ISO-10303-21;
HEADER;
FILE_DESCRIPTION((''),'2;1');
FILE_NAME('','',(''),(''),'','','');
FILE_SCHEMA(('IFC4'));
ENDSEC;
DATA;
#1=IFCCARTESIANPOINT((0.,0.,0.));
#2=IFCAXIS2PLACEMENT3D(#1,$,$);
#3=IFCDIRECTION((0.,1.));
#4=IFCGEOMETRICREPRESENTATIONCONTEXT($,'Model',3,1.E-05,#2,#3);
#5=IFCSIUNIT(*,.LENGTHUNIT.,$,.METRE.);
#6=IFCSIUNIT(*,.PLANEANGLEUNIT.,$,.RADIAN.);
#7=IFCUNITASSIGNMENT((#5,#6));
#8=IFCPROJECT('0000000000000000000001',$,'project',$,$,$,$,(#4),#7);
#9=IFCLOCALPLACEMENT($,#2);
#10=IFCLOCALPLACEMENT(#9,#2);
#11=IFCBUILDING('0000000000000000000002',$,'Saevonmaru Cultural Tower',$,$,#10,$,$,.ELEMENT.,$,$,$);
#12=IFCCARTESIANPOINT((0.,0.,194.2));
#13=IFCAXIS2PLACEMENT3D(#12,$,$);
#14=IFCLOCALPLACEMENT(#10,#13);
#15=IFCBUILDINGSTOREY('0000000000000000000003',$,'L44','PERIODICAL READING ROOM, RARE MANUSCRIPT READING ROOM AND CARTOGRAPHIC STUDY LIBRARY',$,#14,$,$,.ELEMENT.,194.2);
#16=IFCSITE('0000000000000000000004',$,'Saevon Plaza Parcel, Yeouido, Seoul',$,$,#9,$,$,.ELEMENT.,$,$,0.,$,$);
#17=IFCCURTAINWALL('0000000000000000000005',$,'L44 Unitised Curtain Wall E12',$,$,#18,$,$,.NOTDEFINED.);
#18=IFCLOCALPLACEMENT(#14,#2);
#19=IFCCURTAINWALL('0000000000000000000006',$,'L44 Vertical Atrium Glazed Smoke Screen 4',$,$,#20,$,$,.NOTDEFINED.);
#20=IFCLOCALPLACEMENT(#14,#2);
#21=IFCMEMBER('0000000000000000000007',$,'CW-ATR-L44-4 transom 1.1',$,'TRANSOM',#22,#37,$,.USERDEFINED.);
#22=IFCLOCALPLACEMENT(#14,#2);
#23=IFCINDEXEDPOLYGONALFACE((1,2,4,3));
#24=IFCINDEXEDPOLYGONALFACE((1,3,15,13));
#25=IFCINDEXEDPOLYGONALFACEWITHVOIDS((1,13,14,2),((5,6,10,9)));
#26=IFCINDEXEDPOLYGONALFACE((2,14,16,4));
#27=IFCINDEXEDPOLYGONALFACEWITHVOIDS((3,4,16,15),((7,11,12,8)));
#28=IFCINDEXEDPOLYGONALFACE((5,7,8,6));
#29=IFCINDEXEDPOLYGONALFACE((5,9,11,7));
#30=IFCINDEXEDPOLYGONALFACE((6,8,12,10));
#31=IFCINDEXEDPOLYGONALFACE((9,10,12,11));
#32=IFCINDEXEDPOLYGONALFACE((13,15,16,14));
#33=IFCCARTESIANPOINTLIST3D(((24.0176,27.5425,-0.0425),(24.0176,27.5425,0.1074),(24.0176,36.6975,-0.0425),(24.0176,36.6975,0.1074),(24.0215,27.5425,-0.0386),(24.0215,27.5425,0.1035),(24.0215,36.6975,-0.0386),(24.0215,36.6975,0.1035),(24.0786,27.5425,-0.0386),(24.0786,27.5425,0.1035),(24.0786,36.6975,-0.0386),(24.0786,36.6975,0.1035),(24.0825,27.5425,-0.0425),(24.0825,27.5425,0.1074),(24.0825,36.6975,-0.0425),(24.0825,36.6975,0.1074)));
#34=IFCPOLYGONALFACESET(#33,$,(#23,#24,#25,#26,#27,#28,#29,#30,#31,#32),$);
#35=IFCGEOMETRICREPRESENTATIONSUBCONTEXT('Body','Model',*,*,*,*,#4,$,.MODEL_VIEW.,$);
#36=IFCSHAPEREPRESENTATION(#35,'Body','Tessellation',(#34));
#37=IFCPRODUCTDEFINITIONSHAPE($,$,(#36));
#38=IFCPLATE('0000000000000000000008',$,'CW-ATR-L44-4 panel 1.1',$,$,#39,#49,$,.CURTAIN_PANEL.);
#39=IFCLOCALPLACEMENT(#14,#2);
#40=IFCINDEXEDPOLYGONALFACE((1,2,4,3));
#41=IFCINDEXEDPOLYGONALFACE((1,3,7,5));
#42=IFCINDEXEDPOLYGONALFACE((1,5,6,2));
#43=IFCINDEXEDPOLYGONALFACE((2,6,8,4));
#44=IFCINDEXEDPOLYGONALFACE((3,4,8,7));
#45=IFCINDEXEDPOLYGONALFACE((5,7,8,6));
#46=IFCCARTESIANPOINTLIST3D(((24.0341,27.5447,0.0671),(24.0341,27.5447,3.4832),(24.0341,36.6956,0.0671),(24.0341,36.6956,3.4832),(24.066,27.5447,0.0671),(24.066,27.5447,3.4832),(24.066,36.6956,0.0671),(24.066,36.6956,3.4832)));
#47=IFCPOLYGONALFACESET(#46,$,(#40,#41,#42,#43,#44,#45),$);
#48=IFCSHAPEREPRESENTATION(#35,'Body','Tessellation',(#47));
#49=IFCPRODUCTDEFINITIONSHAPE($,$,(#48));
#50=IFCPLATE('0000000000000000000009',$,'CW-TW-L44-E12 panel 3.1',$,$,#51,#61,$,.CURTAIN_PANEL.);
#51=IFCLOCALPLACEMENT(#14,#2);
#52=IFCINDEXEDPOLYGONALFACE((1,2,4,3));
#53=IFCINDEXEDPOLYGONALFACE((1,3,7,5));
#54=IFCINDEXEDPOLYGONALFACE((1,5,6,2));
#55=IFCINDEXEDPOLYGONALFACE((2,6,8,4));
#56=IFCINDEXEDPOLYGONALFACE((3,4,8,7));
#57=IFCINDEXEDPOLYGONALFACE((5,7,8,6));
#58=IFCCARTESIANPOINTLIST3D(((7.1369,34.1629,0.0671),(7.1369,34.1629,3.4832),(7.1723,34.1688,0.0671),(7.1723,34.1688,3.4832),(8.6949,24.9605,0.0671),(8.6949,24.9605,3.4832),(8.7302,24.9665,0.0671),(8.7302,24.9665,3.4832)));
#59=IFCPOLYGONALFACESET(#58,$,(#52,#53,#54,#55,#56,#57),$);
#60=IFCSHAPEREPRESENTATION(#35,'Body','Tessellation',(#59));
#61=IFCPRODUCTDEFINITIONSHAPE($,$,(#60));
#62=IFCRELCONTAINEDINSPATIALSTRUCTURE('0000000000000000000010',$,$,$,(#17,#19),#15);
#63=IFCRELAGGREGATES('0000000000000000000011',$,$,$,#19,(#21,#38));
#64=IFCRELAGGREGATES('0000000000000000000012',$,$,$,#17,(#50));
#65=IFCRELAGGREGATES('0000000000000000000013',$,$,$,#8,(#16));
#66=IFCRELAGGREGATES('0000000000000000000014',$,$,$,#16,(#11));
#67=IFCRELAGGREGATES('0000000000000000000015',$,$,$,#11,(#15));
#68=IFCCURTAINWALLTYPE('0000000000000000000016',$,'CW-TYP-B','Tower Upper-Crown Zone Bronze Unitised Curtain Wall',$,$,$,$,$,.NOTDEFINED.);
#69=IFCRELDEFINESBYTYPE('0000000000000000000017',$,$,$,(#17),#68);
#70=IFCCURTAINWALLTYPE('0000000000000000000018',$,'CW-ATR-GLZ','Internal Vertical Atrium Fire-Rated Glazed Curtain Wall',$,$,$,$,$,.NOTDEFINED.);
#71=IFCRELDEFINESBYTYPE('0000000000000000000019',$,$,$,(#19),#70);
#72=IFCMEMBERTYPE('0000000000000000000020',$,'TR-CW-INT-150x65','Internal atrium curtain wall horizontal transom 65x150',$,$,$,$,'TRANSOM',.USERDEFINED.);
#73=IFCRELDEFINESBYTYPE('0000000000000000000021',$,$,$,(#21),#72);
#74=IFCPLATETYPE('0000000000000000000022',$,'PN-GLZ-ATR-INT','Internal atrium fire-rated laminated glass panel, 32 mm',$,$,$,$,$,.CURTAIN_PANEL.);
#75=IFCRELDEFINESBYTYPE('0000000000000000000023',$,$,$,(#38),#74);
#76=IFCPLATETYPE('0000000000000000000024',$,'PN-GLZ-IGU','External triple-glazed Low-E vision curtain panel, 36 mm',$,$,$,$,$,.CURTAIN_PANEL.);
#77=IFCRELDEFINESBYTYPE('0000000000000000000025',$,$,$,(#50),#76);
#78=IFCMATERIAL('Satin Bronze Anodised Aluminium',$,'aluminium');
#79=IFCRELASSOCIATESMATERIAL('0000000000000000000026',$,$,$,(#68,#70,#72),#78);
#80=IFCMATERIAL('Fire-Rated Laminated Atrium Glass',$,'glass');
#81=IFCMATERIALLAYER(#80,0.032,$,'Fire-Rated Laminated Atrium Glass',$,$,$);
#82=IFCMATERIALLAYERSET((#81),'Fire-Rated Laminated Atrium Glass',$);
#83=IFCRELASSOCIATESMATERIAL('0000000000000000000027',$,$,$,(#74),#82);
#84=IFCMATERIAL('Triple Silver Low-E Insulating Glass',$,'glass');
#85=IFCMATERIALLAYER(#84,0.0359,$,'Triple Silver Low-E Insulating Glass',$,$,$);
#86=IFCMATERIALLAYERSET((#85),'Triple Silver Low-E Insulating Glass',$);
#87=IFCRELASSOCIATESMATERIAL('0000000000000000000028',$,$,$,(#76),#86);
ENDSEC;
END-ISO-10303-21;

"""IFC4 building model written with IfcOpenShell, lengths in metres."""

from ifc_helpers import new_model, si_unit, direction, frame, origin, origin_2d, place, context, subcontext, project, spatial, rectangle, hollow_rectangle, extrude, material, layer, layer_set, material_profile, profile_set, type_object, element, aggregate, save


model = new_model("IFC4")

# Units and contexts
model_context = context("Model", 3, precision=1e-05, world=origin(), true_north=direction((0.0, 1.0)))
body_context = subcontext(model_context, "Body", "Model", "MODEL_VIEW")
ifc_project = project(units=[si_unit("LENGTHUNIT", "METRE"), si_unit("PLANEANGLEUNIT", "RADIAN")], contexts=[model_context])

# Site, building, storey
site_placement = place(None, origin())
site = spatial("IfcSite", under=ifc_project, at=site_placement, Name="Saevon Plaza Parcel, Yeouido, Seoul", CompositionType="ELEMENT", RefElevation=0.0)
building_placement = place(site_placement, origin())
building = spatial("IfcBuilding", under=site, at=building_placement, Name="Saevonmaru Cultural Tower", CompositionType="ELEMENT")
storey_placement = place(building_placement, frame((0.0, 0.0, 194.2)))
storey = spatial("IfcBuildingStorey", under=building, at=storey_placement, Name="L44", Description="PERIODICAL READING ROOM, RARE MANUSCRIPT READING ROOM AND CARTOGRAPHIC STUDY LIBRARY", CompositionType="ELEMENT", Elevation=194.2)

# Curtain wall
ifc_material_1 = material(Name="Satin Bronze Anodised Aluminium", Category="aluminium")
curtain_wall_type_1 = type_object("IfcCurtainWallType", Name="CW-TYP-B", Description="Tower Upper-Crown Zone Bronze Unitised Curtain Wall", PredefinedType="NOTDEFINED", material=ifc_material_1)
curtain_wall_1_placement = place(storey_placement, origin())
curtain_wall_1 = element("IfcCurtainWall", 1, at=curtain_wall_1_placement, inside=storey, type_object=curtain_wall_type_1, Name="L44 Unitised Curtain Wall E12", PredefinedType="NOTDEFINED")

# Curtain wall
curtain_wall_type_2 = type_object("IfcCurtainWallType", Name="CW-ATR-GLZ", Description="Internal Vertical Atrium Fire-Rated Glazed Curtain Wall", PredefinedType="NOTDEFINED", material=ifc_material_1)
curtain_wall_2_placement = place(storey_placement, origin())
curtain_wall_2 = element("IfcCurtainWall", 2, at=curtain_wall_2_placement, inside=storey, type_object=curtain_wall_type_2, Name="L44 Vertical Atrium Glazed Smoke Screen 4", PredefinedType="NOTDEFINED")

# Member
ifc_material_profile_1 = material_profile(ifc_material_1, hollow_rectangle(XDim=0.0649, YDim=0.1499, WallThickness=0.0039, at=origin_2d()), Name="ALU-TRAN-150x65x4")
ifc_profile_set_1 = profile_set([ifc_material_profile_1], Name="Satin Bronze Anodised Aluminium")
member_type_1 = type_object("IfcMemberType", Name="TR-CW-INT-150x65", Description="Internal atrium curtain wall horizontal transom 65x150", ElementType="TRANSOM", PredefinedType="USERDEFINED", material=ifc_profile_set_1)
member_1_placement = place(storey_placement, frame((24.05, 36.6975, 0.0325), z_axis=(0.0, -1.0, 0.0), x_axis=(1.0, 0.0, 0.0)))
member_1 = element("IfcMember", 3, at=member_1_placement, type_object=member_type_1, Name="CW-ATR-L44-4 transom 1.1", ObjectType="TRANSOM", PredefinedType="USERDEFINED", context=body_context, shape_type="SweptSolid", body=[
    extrude(hollow_rectangle(XDim=0.0649, YDim=0.1499, WallThickness=0.0039, at=origin_2d()), origin(), (0.0, 0.0, 1.0), 9.155),
])

# Plates
ifc_material_2 = material(Name="Fire-Rated Laminated Atrium Glass", Category="glass")
ifc_layer_1 = layer(ifc_material_2, 0.032, Name="Fire-Rated Laminated Atrium Glass")
ifc_layer_set_1 = layer_set([ifc_layer_1], Name="Fire-Rated Laminated Atrium Glass")
plate_type_1 = type_object("IfcPlateType", Name="PN-GLZ-ATR-INT", Description="Internal atrium fire-rated laminated glass panel, 32 mm", PredefinedType="CURTAIN_PANEL", material=ifc_layer_set_1)
plate_1_placement = place(storey_placement, frame((24.05, 32.1201, 0.0671), z_axis=(0.0, 0.0, 1.0), x_axis=(0.0, -1.0, 0.0)))
plate_1 = element("IfcPlate", 4, at=plate_1_placement, type_object=plate_type_1, Name="CW-ATR-L44-4 panel 1.1", PredefinedType="CURTAIN_PANEL", context=body_context, shape_type="SweptSolid", body=[
    extrude(rectangle(XDim=9.1509, YDim=0.032, at=origin_2d()), origin(), (0.0, 0.0, 1.0), 3.416),
])
aggregate(curtain_wall_2, [member_1, plate_1])
ifc_material_3 = material(Name="Triple Silver Low-E Insulating Glass", Category="glass")
ifc_layer_2 = layer(ifc_material_3, 0.0359, Name="Triple Silver Low-E Insulating Glass")
ifc_layer_set_2 = layer_set([ifc_layer_2], Name="Triple Silver Low-E Insulating Glass")
plate_type_2 = type_object("IfcPlateType", Name="PN-GLZ-IGU", Description="External triple-glazed Low-E vision curtain panel, 36 mm", PredefinedType="CURTAIN_PANEL", material=ifc_layer_set_2)
plate_2_placement = place(storey_placement, frame((7.9336, 29.5647, 0.0671), z_axis=(0.0, 0.0, 1.0), x_axis=(0.166922, -0.98597, 0.0)))
plate_2 = element("IfcPlate", 5, at=plate_2_placement, type_object=plate_type_2, Name="CW-TW-L44-E12 panel 3.1", PredefinedType="CURTAIN_PANEL", context=body_context, shape_type="SweptSolid", body=[
    extrude(rectangle(XDim=9.3333, YDim=0.0359, at=origin_2d()), origin(), (0.0, 0.0, 1.0), 3.416),
])
aggregate(curtain_wall_1, [plate_2])

save(model, "model.ifc")
